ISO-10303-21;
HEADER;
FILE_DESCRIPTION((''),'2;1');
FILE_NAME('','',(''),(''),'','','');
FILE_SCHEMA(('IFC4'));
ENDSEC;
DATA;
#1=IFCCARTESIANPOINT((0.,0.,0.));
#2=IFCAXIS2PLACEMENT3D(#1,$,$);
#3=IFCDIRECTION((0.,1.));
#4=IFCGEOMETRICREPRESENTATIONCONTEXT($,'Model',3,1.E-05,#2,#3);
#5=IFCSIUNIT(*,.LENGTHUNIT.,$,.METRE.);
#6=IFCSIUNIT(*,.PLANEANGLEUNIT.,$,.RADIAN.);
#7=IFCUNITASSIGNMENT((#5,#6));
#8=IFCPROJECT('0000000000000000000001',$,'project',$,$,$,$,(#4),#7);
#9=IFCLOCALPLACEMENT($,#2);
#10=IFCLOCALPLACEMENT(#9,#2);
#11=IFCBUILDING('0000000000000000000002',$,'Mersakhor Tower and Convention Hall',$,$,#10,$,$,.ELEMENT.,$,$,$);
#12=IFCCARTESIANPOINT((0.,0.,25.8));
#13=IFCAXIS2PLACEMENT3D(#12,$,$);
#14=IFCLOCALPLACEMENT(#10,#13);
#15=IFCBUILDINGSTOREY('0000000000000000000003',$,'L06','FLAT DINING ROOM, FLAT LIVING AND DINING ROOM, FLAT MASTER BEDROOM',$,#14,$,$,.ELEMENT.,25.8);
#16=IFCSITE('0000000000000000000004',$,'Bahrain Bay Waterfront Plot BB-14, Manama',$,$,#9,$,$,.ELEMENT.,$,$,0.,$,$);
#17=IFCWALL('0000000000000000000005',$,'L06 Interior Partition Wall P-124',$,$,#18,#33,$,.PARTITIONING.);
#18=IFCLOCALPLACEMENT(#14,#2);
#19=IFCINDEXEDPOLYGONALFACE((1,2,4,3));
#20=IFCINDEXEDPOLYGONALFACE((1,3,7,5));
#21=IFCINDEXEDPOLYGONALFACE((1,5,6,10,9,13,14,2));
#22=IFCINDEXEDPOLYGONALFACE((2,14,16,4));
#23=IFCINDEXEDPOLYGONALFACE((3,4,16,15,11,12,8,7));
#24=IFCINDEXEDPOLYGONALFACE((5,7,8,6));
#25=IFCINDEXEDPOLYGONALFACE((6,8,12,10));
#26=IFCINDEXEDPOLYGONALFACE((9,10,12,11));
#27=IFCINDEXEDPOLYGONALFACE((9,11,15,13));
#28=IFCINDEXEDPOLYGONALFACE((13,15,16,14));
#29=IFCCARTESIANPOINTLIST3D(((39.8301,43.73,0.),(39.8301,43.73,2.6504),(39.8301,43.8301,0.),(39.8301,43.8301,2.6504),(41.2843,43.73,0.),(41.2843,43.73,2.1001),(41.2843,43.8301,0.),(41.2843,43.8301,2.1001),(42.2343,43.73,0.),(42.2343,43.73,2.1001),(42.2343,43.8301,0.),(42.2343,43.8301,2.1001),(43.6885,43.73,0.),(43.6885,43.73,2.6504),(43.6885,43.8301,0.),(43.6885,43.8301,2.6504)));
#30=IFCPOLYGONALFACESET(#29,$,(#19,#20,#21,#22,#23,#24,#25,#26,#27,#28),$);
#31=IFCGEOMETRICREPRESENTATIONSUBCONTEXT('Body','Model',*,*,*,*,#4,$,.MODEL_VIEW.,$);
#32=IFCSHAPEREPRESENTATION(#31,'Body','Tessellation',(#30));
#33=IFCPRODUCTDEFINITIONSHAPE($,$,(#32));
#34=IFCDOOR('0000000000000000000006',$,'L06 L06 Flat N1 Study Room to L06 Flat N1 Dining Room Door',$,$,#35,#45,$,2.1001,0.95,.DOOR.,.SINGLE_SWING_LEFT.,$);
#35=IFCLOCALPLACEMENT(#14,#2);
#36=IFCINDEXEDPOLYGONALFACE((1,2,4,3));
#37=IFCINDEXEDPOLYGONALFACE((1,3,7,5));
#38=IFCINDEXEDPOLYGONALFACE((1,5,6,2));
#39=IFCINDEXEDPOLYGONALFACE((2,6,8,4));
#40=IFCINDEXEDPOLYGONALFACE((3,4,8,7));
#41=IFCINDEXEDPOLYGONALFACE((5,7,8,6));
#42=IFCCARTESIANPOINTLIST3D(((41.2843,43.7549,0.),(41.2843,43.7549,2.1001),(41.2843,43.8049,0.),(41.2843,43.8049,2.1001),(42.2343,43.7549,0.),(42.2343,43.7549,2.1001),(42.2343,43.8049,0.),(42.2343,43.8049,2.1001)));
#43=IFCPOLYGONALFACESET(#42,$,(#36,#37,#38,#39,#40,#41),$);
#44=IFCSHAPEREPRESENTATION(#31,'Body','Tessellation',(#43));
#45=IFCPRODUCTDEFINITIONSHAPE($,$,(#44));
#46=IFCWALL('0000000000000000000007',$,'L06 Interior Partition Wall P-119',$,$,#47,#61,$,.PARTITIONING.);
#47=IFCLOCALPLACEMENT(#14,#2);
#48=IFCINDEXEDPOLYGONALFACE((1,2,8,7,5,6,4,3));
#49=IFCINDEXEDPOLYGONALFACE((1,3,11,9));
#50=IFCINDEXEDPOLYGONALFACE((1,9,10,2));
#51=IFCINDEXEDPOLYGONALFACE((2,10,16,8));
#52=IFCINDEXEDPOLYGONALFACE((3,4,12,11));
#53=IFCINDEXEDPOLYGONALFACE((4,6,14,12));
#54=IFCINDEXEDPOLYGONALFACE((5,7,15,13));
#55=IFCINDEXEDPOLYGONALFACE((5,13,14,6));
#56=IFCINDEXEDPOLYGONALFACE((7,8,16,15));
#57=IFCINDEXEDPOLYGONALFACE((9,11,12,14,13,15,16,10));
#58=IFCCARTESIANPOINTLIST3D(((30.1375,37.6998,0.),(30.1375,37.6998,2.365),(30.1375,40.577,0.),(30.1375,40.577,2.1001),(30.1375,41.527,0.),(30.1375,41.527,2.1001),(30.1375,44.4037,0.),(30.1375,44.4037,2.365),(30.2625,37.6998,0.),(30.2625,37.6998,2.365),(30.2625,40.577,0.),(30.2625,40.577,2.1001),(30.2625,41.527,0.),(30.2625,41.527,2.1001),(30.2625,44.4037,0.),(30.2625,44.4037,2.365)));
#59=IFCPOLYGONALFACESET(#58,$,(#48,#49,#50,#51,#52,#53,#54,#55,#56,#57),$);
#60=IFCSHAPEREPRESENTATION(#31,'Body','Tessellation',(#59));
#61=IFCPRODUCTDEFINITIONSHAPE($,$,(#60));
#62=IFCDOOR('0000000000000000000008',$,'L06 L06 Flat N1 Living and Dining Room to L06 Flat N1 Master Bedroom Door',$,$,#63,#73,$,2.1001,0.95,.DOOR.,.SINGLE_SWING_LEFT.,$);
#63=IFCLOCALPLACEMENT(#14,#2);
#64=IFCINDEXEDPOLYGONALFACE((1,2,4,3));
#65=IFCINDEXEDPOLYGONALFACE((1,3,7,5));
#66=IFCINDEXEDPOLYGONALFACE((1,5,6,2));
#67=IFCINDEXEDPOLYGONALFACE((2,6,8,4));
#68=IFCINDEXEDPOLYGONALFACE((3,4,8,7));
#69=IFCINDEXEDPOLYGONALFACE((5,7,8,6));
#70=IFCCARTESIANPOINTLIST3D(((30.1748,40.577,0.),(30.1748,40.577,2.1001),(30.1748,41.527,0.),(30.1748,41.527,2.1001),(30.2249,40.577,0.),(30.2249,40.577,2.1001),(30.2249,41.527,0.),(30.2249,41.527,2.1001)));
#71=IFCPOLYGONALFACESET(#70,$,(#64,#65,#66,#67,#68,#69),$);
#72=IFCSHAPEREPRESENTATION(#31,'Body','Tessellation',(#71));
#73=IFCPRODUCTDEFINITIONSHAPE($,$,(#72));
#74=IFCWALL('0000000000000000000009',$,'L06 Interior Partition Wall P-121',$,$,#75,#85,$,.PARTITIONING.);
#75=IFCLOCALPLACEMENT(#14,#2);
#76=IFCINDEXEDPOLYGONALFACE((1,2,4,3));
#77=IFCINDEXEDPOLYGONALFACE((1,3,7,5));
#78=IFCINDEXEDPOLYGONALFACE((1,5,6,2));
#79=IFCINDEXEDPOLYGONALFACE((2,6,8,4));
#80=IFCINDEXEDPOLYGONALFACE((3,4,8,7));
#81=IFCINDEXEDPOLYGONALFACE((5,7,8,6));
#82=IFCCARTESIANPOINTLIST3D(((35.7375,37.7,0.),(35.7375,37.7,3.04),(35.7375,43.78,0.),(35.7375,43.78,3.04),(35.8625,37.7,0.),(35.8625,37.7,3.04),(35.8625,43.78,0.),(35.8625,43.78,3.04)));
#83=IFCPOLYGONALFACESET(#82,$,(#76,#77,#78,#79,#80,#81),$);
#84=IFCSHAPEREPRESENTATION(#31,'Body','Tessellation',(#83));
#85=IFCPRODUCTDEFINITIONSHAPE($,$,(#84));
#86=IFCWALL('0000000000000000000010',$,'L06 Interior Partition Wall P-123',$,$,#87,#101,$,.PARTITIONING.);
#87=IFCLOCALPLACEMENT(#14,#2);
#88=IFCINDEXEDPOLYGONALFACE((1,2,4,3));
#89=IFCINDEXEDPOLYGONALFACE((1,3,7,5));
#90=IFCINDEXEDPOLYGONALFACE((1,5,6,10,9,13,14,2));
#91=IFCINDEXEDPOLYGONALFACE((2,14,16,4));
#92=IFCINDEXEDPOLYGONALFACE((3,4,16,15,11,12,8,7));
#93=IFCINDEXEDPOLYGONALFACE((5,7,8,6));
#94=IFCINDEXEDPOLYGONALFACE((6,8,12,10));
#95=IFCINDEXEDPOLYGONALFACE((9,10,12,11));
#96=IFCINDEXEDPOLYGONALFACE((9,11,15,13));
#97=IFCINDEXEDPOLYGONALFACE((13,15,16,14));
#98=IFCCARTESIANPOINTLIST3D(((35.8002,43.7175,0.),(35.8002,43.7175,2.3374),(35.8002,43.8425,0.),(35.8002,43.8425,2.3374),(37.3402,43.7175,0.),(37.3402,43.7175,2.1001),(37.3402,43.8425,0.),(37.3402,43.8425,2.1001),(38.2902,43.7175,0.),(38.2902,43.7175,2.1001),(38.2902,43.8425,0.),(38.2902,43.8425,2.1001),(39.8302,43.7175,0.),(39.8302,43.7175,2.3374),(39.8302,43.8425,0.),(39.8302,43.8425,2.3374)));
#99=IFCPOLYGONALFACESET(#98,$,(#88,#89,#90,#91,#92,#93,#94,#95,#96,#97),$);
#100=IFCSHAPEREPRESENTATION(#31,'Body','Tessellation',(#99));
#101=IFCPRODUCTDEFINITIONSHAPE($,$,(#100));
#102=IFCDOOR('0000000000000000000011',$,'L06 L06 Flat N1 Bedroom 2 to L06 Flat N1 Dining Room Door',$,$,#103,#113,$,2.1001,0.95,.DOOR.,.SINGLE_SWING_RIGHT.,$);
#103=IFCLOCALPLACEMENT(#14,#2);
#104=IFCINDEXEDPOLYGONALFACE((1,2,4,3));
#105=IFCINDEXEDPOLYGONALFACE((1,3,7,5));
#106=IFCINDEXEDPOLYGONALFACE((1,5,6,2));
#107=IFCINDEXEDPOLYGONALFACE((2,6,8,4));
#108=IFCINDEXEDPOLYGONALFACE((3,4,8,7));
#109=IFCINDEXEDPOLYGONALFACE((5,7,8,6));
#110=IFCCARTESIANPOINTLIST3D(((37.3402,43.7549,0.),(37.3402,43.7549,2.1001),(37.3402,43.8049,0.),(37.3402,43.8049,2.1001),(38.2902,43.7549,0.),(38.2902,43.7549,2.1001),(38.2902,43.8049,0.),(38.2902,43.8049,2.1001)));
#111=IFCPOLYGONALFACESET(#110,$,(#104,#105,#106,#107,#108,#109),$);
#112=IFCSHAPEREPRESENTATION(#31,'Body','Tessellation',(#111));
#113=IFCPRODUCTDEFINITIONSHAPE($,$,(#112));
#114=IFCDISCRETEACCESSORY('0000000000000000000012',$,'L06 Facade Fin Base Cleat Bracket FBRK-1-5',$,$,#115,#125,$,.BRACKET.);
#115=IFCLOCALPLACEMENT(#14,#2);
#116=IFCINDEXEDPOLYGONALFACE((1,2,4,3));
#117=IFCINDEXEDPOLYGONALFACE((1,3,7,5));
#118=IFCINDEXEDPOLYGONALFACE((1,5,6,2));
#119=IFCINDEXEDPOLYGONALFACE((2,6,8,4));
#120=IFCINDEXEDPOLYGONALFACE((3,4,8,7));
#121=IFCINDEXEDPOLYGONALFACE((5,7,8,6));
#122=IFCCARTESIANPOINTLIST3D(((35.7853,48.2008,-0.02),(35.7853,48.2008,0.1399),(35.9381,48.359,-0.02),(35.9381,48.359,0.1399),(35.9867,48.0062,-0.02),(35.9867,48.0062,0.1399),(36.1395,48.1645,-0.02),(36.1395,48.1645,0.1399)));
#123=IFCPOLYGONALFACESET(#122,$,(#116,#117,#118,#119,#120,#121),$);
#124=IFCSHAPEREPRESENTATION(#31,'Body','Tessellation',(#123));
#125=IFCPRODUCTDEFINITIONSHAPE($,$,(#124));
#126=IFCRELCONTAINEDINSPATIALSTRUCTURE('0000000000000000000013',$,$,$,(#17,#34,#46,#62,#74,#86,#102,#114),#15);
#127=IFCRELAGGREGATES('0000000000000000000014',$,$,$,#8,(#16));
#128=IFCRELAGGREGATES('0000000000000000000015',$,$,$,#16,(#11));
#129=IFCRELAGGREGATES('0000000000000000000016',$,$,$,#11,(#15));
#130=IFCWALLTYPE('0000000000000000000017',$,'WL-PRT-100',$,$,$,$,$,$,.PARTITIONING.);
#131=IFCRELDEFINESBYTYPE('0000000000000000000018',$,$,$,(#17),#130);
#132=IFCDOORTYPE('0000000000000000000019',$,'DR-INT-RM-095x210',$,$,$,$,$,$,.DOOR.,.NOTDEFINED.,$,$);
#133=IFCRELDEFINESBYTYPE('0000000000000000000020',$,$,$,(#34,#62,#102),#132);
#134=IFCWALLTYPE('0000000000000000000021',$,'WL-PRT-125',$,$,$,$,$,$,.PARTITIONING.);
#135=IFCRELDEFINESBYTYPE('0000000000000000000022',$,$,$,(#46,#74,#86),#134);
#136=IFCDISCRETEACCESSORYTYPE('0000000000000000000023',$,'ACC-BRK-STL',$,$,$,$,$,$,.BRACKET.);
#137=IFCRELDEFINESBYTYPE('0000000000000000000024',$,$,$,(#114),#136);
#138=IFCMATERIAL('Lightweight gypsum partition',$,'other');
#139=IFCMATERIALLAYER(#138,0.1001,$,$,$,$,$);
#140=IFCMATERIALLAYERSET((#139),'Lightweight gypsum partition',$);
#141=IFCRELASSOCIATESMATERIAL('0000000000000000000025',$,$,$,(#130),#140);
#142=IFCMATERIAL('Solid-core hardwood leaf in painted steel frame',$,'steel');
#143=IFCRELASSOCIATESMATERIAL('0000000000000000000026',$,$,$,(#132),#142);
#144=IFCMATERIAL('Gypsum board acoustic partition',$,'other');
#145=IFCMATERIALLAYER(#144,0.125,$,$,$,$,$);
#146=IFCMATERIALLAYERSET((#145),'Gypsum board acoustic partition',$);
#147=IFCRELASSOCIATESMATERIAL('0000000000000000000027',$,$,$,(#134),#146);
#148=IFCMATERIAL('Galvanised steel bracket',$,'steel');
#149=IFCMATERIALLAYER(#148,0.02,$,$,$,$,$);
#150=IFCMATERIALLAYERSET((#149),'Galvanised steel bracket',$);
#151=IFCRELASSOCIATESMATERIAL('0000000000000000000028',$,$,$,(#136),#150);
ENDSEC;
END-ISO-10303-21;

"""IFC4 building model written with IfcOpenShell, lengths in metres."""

from ifc_helpers import new_model, si_unit, direction, frame, frame_2d, origin, origin_2d, place, context, subcontext, project, spatial, rectangle, extrude, material, layer, layer_set, type_object, element, fill, save


model = new_model("IFC4")

# Units and contexts
model_context = context("Model", 3, precision=1e-05, world=origin(), true_north=direction((0.0, 1.0)))
body_context = subcontext(model_context, "Body", "Model", "MODEL_VIEW")
ifc_project = project(units=[si_unit("LENGTHUNIT", "METRE"), si_unit("PLANEANGLEUNIT", "RADIAN")], contexts=[model_context])

# Site, building, storey
site_placement = place(None, origin())
site = spatial("IfcSite", under=ifc_project, at=site_placement, Name="Bahrain Bay Waterfront Plot BB-14, Manama", CompositionType="ELEMENT", RefElevation=0.0)
building_placement = place(site_placement, origin())
building = spatial("IfcBuilding", under=site, at=building_placement, Name="Mersakhor Tower and Convention Hall", CompositionType="ELEMENT")
storey_placement = place(building_placement, frame((0.0, 0.0, 25.8)))
storey = spatial("IfcBuildingStorey", under=building, at=storey_placement, Name="L06", Description="FLAT DINING ROOM, FLAT LIVING AND DINING ROOM, FLAT MASTER BEDROOM", CompositionType="ELEMENT", Elevation=25.8)

# Walls, openings, doors
ifc_material_1 = material(Name="Lightweight gypsum partition", Category="other")
ifc_layer_1 = layer(ifc_material_1, 0.1001)
ifc_layer_set_1 = layer_set([ifc_layer_1], Name="Lightweight gypsum partition")
wall_type_1 = type_object("IfcWallType", Name="WL-PRT-100", PredefinedType="PARTITIONING", material=ifc_layer_set_1)
ifc_material_2 = material(Name="Solid-core hardwood leaf in painted steel frame", Category="steel")
door_type_1 = type_object("IfcDoorType", Name="DR-INT-RM-095x210", OperationType="NOTDEFINED", PredefinedType="DOOR", material=ifc_material_2)
wall_1_placement = place(storey_placement, frame((39.8301, 43.78, 0.0), z_axis=(0.0, 0.0, 1.0), x_axis=(1.0, 0.0, 0.0)))
wall_1 = element("IfcWall", 1, at=wall_1_placement, inside=storey, type_object=wall_type_1, Name="L06 Interior Partition Wall P-124", PredefinedType="PARTITIONING", context=body_context, shape_type="SweptSolid", body=[
    extrude(rectangle(XDim=3.8584, YDim=0.1001, at=frame_2d((1.9292, 0.0))), origin(), (0.0, 0.0, 1.0), 2.6504),
])
opening_1_placement = place(wall_1_placement, frame((1.4541, 0.0, 0.0)))
opening_1 = element("IfcOpeningElement", 2, at=opening_1_placement, cuts=wall_1, PredefinedType="OPENING", context=body_context, shape_type="SweptSolid", body=[
    extrude(rectangle(XDim=0.95, YDim=2.1001, at=frame_2d((0.4751, 1.05))), frame((0.0, 0.0601, 0.0), z_axis=(0.0, -1.0, 0.0), x_axis=(1.0, 0.0, 0.0)), (0.0, 0.0, 1.0), 0.1201),
])
door_1_placement = place(opening_1_placement, origin())
door_1 = element("IfcDoor", 3, at=door_1_placement, inside=storey, type_object=door_type_1, Name="L06 L06 Flat N1 Study Room to L06 Flat N1 Dining Room Door", OperationType="SINGLE_SWING_LEFT", OverallHeight=2.1001, OverallWidth=0.95, PredefinedType="DOOR", context=body_context, shape_type="SweptSolid", body=[
    extrude(rectangle(XDim=0.95, YDim=2.1001, at=frame_2d((0.4751, 1.05))), frame((0.0, 0.0249, 0.0), z_axis=(0.0, -1.0, 0.0), x_axis=(1.0, 0.0, 0.0)), (0.0, 0.0, 1.0), 0.05),
])
fill(opening_1, door_1)
ifc_material_3 = material(Name="Gypsum board acoustic partition", Category="other")
ifc_layer_2 = layer(ifc_material_3, 0.125)
ifc_layer_set_2 = layer_set([ifc_layer_2], Name="Gypsum board acoustic partition")
wall_type_2 = type_object("IfcWallType", Name="WL-PRT-125", PredefinedType="PARTITIONING", material=ifc_layer_set_2)
wall_2_placement = place(storey_placement, frame((30.2, 44.4038, 0.0), z_axis=(0.0, 0.0, 1.0), x_axis=(0.0, -1.0, 0.0)))
wall_2 = element("IfcWall", 4, at=wall_2_placement, inside=storey, type_object=wall_type_2, Name="L06 Interior Partition Wall P-119", PredefinedType="PARTITIONING", context=body_context, shape_type="SweptSolid", body=[
    extrude(rectangle(XDim=6.7039, YDim=0.125, at=frame_2d((3.3521, 0.0))), origin(), (0.0, 0.0, 1.0), 2.365),
])
opening_2_placement = place(wall_2_placement, frame((2.8767, 0.0, 0.0)))
opening_2 = element("IfcOpeningElement", 5, at=opening_2_placement, cuts=wall_2, PredefinedType="OPENING", context=body_context, shape_type="SweptSolid", body=[
    extrude(rectangle(XDim=0.95, YDim=2.1001, at=frame_2d((0.4751, 1.05))), frame((0.0, 0.0725, 0.0), z_axis=(0.0, -1.0, 0.0), x_axis=(1.0, 0.0, 0.0)), (0.0, 0.0, 1.0), 0.145),
])
door_2_placement = place(opening_2_placement, origin())
door_2 = element("IfcDoor", 6, at=door_2_placement, inside=storey, type_object=door_type_1, Name="L06 L06 Flat N1 Living and Dining Room to L06 Flat N1 Master Bedroom Door", OperationType="SINGLE_SWING_LEFT", OverallHeight=2.1001, OverallWidth=0.95, PredefinedType="DOOR", context=body_context, shape_type="SweptSolid", body=[
    extrude(rectangle(XDim=0.95, YDim=2.1001, at=frame_2d((0.4751, 1.05))), frame((0.0, 0.0249, 0.0), z_axis=(0.0, -1.0, 0.0), x_axis=(1.0, 0.0, 0.0)), (0.0, 0.0, 1.0), 0.05),
])
fill(opening_2, door_2)

# Wall
wall_3_placement = place(storey_placement, frame((35.8, 43.78, 0.0), z_axis=(0.0, 0.0, 1.0), x_axis=(0.0, -1.0, 0.0)))
element("IfcWall", 7, at=wall_3_placement, inside=storey, type_object=wall_type_2, Name="L06 Interior Partition Wall P-121", PredefinedType="PARTITIONING", context=body_context, shape_type="SweptSolid", body=[
    extrude(rectangle(XDim=6.0801, YDim=0.125, at=frame_2d((3.04, 0.0))), origin(), (0.0, 0.0, 1.0), 3.04),
])

# Wall, opening, door
wall_4_placement = place(storey_placement, frame((35.8, 43.78, 0.0), z_axis=(0.0, 0.0, 1.0), x_axis=(1.0, 0.0, 0.0)))
wall_4 = element("IfcWall", 8, at=wall_4_placement, inside=storey, type_object=wall_type_2, Name="L06 Interior Partition Wall P-123", PredefinedType="PARTITIONING", context=body_context, shape_type="SweptSolid", body=[
    extrude(rectangle(XDim=4.03, YDim=0.125, at=frame_2d((2.0151, 0.0))), origin(), (0.0, 0.0, 1.0), 2.3374),
])
opening_3_placement = place(wall_4_placement, frame((1.54, 0.0, 0.0)))
opening_3 = element("IfcOpeningElement", 9, at=opening_3_placement, cuts=wall_4, PredefinedType="OPENING", context=body_context, shape_type="SweptSolid", body=[
    extrude(rectangle(XDim=0.95, YDim=2.1001, at=frame_2d((0.4751, 1.05))), frame((0.0, 0.0725, 0.0), z_axis=(0.0, -1.0, 0.0), x_axis=(1.0, 0.0, 0.0)), (0.0, 0.0, 1.0), 0.145),
])
door_3_placement = place(opening_3_placement, origin())
door_3 = element("IfcDoor", 10, at=door_3_placement, inside=storey, type_object=door_type_1, Name="L06 L06 Flat N1 Bedroom 2 to L06 Flat N1 Dining Room Door", OperationType="SINGLE_SWING_RIGHT", OverallHeight=2.1001, OverallWidth=0.95, PredefinedType="DOOR", context=body_context, shape_type="SweptSolid", body=[
    extrude(rectangle(XDim=0.95, YDim=2.1001, at=frame_2d((0.4751, 1.05))), frame((0.0, 0.0249, 0.0), z_axis=(0.0, -1.0, 0.0), x_axis=(1.0, 0.0, 0.0)), (0.0, 0.0, 1.0), 0.05),
])
fill(opening_3, door_3)

# Discrete accessory
ifc_material_4 = material(Name="Galvanised steel bracket", Category="steel")
ifc_layer_3 = layer(ifc_material_4, 0.02)
ifc_layer_set_3 = layer_set([ifc_layer_3], Name="Galvanised steel bracket")
discrete_accessory_type = type_object("IfcDiscreteAccessoryType", Name="ACC-BRK-STL", PredefinedType="BRACKET", material=ifc_layer_set_3)
discrete_accessory_placement = place(storey_placement, frame((35.9624, 48.1826, -0.02), z_axis=(0.0, 0.0, 1.0), x_axis=(-0.71934, 0.694658, 0.0)))
element("IfcDiscreteAccessory", 11, at=discrete_accessory_placement, inside=storey, type_object=discrete_accessory_type, Name="L06 Facade Fin Base Cleat Bracket FBRK-1-5", PredefinedType="BRACKET", context=body_context, shape_type="SweptSolid", body=[
    extrude(rectangle(XDim=0.28, YDim=0.22, at=origin_2d()), origin(), (0.0, 0.0, 1.0), 0.1599),
])

save(model, "model.ifc")
